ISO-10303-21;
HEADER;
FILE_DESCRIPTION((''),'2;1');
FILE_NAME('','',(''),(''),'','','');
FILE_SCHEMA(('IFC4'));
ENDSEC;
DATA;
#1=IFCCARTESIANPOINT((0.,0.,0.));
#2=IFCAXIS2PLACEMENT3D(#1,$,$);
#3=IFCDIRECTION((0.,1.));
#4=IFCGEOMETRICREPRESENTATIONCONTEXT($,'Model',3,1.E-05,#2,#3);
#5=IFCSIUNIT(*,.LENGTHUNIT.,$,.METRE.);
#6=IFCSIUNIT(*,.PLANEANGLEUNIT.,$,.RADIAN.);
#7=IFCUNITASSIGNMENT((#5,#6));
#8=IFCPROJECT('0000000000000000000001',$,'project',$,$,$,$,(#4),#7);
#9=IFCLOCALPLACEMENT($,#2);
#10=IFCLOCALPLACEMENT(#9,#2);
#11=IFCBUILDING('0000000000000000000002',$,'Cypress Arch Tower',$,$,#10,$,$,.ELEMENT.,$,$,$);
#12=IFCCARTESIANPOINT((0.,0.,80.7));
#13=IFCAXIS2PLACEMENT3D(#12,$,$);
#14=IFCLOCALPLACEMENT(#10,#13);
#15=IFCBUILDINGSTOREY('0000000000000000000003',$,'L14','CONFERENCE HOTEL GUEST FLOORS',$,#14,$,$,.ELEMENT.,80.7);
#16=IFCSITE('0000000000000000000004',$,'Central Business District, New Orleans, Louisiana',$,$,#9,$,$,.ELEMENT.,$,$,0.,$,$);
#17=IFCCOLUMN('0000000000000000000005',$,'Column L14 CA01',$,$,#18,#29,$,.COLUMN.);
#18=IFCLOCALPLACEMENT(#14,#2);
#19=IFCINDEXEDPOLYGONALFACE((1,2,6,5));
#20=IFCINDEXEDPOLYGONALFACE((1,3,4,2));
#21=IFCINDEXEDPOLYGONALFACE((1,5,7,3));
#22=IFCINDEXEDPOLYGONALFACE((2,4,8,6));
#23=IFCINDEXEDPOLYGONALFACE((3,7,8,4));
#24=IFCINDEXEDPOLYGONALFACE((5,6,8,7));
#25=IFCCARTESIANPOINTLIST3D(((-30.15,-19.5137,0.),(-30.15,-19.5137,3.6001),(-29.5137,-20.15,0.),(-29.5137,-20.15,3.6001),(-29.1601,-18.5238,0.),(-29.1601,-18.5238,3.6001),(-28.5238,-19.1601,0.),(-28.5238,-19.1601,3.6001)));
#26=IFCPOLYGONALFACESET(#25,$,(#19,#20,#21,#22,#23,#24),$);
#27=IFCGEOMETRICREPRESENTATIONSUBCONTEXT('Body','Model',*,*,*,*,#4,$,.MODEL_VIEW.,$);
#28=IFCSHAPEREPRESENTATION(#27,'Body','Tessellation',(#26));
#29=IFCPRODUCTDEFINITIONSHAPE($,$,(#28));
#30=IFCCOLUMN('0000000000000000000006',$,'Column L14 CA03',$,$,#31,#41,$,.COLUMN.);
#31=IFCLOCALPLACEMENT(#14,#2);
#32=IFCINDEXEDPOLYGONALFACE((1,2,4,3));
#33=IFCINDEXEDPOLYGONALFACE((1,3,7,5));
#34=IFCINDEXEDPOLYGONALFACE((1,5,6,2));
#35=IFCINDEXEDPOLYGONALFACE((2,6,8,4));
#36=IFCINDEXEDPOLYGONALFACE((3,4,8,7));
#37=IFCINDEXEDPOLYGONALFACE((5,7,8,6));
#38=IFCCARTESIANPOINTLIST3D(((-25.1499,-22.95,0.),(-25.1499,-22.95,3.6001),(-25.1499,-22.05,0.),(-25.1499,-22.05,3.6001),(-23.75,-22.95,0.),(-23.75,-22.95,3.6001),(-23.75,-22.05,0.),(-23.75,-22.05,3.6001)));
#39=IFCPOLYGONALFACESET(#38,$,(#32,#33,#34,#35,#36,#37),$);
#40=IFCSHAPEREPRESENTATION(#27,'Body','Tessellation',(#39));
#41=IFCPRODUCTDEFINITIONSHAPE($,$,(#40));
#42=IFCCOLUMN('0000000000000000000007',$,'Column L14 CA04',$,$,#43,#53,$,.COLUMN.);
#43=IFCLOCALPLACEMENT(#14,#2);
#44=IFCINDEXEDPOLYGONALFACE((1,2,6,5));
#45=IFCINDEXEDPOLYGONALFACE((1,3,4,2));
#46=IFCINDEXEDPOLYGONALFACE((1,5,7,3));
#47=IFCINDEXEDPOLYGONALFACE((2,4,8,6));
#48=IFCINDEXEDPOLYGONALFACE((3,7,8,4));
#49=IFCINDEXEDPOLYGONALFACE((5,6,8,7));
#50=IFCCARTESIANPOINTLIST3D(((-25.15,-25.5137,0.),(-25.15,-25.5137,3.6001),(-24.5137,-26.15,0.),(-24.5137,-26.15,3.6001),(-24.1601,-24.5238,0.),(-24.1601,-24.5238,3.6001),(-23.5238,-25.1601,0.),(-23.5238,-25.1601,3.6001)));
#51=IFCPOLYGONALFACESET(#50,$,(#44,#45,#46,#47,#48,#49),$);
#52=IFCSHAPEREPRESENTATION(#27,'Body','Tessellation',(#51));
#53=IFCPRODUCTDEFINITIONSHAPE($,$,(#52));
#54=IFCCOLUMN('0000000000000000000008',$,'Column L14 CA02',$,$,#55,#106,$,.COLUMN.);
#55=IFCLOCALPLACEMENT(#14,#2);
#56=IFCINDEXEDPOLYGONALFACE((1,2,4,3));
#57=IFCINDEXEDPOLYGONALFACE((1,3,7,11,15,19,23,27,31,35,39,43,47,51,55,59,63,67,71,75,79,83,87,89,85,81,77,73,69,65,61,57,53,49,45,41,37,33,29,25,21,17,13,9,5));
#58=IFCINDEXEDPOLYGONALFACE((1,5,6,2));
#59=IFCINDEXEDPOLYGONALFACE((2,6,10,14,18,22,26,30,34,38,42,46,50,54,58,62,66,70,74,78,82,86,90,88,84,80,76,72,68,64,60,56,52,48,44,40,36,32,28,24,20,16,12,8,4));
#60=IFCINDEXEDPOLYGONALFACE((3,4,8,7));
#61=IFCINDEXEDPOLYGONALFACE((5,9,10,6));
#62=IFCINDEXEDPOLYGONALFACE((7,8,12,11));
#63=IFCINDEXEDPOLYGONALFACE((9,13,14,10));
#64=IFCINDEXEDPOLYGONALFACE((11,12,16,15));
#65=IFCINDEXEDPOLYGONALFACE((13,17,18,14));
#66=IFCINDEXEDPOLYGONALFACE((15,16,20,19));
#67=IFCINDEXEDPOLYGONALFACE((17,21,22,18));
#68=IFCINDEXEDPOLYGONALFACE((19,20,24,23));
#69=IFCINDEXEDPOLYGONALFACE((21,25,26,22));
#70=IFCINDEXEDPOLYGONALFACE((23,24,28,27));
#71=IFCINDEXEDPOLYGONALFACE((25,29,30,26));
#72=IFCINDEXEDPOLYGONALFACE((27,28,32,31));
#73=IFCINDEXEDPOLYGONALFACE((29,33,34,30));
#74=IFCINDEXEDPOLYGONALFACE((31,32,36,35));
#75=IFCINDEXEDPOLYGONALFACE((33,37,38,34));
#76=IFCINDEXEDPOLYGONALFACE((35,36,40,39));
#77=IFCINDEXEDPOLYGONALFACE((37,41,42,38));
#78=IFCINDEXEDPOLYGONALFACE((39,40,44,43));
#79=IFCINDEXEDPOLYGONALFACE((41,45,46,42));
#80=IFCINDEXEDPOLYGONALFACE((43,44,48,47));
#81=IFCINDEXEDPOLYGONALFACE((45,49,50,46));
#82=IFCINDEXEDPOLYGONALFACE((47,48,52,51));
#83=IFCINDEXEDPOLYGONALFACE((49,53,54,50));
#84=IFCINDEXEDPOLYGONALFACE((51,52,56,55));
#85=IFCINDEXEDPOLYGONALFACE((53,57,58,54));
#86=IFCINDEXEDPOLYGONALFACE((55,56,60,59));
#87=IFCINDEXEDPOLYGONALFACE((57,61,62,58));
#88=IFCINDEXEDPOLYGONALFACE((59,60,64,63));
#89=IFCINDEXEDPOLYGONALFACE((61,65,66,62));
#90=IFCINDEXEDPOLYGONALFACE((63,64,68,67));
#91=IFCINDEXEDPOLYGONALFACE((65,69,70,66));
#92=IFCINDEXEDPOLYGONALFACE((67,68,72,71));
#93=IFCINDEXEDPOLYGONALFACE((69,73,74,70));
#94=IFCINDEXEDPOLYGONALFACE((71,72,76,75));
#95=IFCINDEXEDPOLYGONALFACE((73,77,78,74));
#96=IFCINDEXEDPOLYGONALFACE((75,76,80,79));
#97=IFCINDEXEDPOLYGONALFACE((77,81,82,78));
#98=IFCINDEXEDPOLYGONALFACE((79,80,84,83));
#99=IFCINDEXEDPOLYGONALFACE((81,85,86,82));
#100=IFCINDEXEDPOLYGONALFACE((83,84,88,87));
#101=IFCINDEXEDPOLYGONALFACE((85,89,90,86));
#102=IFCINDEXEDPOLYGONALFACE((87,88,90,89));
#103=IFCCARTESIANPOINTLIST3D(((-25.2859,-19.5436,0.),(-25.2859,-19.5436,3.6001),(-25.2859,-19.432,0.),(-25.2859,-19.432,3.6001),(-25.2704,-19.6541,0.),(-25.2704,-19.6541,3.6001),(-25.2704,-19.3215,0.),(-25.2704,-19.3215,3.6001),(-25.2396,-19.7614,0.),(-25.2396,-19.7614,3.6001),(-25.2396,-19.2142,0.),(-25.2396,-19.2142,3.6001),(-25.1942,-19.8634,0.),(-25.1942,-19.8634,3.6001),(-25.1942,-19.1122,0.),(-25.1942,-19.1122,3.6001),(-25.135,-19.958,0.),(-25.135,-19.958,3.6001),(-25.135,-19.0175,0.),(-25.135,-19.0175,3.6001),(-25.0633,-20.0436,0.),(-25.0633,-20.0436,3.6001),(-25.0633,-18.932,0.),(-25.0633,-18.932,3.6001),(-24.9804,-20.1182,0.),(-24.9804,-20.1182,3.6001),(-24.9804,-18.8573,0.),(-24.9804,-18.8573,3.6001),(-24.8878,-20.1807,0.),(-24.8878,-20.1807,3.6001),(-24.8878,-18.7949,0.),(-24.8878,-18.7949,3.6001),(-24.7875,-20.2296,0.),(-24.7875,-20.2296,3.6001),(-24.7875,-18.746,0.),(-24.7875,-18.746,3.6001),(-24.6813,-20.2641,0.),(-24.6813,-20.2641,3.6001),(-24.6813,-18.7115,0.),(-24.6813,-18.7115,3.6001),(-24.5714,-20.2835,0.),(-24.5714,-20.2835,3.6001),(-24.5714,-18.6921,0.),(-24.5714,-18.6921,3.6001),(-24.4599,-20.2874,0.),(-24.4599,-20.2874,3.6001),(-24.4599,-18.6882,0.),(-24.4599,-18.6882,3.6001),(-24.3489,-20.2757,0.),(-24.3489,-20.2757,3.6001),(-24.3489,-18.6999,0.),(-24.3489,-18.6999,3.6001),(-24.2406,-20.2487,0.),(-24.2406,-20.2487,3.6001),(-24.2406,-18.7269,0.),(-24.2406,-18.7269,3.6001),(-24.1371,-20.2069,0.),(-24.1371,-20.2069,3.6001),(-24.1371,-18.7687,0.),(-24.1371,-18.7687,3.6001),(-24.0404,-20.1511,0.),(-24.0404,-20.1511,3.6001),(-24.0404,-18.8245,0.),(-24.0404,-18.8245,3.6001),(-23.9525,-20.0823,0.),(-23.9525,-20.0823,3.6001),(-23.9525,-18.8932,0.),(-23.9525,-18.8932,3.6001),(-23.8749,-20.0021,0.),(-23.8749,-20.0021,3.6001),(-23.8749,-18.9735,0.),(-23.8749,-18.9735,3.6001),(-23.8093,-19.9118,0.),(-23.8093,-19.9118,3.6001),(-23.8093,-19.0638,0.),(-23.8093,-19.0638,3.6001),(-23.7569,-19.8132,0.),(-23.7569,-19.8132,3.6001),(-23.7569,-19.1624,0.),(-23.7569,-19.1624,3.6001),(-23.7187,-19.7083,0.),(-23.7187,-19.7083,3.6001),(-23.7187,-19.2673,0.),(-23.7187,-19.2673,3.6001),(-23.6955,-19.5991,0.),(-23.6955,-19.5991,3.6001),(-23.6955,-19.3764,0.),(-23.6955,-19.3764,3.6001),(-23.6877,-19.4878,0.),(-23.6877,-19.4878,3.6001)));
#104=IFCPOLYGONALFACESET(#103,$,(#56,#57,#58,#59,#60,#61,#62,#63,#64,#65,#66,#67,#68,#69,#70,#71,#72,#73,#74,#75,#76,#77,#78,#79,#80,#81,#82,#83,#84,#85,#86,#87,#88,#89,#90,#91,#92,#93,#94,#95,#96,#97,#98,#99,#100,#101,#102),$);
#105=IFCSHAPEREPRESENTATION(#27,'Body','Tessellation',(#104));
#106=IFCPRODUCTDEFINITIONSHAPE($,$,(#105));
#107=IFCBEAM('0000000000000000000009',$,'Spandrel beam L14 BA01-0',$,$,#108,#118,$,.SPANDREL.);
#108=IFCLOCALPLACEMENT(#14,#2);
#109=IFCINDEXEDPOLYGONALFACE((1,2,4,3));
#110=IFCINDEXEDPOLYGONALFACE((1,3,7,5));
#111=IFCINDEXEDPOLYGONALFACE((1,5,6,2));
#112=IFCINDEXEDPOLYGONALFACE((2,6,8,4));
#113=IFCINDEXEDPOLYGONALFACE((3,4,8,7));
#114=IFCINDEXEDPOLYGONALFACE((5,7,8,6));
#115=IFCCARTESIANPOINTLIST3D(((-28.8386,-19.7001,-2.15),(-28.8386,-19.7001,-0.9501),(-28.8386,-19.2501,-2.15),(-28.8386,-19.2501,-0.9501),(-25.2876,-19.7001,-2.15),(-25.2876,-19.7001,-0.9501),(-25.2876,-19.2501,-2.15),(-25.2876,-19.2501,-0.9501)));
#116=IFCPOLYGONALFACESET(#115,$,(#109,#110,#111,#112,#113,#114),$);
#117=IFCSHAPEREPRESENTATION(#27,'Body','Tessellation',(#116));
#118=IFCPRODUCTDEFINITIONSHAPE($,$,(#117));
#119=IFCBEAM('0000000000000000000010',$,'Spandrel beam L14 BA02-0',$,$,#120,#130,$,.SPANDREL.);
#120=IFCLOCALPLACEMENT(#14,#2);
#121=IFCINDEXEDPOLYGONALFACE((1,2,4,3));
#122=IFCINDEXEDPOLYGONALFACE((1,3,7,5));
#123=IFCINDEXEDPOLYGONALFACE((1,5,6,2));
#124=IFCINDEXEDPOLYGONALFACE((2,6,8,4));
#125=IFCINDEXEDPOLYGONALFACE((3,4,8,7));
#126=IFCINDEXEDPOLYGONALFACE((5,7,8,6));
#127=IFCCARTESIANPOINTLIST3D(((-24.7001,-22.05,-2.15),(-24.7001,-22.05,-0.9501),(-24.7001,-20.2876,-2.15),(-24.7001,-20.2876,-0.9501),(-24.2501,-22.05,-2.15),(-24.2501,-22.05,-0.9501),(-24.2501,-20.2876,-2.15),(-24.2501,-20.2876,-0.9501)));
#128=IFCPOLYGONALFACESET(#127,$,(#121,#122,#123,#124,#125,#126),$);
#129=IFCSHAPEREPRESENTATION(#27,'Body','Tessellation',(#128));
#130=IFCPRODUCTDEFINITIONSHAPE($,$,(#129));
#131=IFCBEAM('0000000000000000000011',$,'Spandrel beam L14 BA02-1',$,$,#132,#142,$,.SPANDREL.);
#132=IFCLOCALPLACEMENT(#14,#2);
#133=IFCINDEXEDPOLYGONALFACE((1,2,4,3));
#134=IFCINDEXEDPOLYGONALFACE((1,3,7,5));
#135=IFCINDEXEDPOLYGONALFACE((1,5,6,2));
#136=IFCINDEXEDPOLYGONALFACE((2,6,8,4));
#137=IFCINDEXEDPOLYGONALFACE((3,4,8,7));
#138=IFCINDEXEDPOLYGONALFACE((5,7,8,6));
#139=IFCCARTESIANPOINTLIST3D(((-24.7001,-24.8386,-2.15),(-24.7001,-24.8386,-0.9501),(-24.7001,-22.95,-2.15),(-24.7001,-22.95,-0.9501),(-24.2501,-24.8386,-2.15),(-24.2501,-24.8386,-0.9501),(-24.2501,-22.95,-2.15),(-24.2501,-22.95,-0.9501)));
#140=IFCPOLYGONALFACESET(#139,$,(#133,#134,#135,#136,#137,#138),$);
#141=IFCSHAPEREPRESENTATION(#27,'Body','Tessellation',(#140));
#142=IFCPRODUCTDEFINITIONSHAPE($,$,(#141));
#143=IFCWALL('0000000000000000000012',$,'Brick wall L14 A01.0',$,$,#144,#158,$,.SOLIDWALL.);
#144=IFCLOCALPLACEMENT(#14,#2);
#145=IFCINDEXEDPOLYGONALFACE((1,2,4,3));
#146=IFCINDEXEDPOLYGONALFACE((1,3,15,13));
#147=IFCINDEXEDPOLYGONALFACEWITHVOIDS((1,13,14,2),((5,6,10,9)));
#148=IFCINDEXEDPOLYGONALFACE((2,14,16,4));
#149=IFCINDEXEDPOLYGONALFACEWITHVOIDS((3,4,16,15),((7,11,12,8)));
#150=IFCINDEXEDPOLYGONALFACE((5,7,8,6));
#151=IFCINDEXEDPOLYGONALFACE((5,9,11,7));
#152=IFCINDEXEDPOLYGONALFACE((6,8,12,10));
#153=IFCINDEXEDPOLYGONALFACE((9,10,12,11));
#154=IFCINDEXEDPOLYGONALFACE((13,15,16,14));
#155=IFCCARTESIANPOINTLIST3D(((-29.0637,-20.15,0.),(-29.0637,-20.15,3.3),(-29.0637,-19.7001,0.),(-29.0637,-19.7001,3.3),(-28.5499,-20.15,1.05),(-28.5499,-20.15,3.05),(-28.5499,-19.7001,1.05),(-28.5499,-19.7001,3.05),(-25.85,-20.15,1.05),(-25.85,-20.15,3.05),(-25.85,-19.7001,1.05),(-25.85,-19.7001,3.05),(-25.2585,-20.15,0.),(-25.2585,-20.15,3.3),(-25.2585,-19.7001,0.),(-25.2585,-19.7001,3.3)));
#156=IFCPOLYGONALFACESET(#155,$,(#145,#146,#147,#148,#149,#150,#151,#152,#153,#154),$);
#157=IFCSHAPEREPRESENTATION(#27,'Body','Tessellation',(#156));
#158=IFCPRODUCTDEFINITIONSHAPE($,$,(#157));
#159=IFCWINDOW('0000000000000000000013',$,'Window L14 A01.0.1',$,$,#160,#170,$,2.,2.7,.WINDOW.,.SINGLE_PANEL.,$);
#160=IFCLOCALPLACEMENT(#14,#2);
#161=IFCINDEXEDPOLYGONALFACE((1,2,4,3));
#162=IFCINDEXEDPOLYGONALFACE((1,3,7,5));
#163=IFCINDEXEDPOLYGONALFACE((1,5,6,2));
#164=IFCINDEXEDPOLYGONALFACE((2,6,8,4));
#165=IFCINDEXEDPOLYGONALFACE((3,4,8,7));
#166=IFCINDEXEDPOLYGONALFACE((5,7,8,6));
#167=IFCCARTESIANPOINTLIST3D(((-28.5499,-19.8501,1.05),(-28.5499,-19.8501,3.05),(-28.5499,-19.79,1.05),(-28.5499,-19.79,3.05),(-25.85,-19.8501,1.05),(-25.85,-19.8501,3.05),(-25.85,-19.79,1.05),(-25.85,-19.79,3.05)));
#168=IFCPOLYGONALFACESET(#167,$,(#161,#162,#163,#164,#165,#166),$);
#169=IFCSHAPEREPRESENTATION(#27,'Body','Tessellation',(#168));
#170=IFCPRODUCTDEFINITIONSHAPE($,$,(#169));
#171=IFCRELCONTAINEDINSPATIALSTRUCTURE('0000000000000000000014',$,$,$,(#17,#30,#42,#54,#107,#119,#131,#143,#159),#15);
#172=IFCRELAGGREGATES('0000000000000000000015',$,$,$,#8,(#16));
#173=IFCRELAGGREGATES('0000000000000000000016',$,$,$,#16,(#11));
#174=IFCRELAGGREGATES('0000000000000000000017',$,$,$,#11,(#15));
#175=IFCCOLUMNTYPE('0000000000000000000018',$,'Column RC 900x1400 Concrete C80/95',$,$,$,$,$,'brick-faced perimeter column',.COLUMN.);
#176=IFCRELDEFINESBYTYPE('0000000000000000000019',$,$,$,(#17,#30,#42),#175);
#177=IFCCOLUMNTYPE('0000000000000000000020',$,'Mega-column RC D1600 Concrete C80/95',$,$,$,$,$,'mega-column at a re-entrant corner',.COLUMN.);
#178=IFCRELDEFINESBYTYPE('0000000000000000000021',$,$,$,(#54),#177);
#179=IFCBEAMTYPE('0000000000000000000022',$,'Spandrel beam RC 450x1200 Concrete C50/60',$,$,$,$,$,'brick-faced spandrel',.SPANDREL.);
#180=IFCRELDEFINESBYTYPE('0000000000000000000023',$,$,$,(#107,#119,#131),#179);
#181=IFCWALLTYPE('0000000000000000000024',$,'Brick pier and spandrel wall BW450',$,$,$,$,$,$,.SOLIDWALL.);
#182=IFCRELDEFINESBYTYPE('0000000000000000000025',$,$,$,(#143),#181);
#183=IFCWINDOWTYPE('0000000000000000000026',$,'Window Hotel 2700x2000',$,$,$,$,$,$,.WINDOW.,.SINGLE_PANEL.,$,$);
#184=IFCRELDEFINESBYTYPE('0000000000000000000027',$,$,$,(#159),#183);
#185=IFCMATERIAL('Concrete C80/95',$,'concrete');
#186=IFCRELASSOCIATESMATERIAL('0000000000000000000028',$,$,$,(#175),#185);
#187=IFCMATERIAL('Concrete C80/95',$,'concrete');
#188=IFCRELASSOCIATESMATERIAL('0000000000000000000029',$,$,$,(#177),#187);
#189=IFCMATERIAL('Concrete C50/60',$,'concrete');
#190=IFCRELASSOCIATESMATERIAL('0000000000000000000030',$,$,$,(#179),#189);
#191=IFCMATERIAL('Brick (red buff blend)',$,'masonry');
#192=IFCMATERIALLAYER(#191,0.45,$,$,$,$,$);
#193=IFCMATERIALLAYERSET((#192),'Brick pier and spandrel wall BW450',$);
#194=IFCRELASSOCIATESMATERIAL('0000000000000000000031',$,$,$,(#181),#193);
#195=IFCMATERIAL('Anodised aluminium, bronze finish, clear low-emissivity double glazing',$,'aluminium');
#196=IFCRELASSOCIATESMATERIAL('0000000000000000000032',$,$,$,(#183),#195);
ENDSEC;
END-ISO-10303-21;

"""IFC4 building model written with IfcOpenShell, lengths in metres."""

from ifc_helpers import new_model, si_unit, direction, frame, frame_2d, origin, origin_2d, place, context, subcontext, project, spatial, rectangle, circle, extrude, material, layer, layer_set, material_profile, profile_set, type_object, element, fill, save


model = new_model("IFC4")

# Units and contexts
model_context = context("Model", 3, precision=1e-05, world=origin(), true_north=direction((0.0, 1.0)))
body_context = subcontext(model_context, "Body", "Model", "MODEL_VIEW")
ifc_project = project(units=[si_unit("LENGTHUNIT", "METRE"), si_unit("PLANEANGLEUNIT", "RADIAN")], contexts=[model_context])

# Site, building, storey
site_placement = place(None, origin())
site = spatial("IfcSite", under=ifc_project, at=site_placement, Name="Central Business District, New Orleans, Louisiana", CompositionType="ELEMENT", RefElevation=0.0)
building_placement = place(site_placement, origin())
building = spatial("IfcBuilding", under=site, at=building_placement, Name="Cypress Arch Tower", CompositionType="ELEMENT")
storey_placement = place(building_placement, frame((0.0, 0.0, 80.7)))
storey = spatial("IfcBuildingStorey", under=building, at=storey_placement, Name="L14", Description="CONFERENCE HOTEL GUEST FLOORS", CompositionType="ELEMENT", Elevation=80.7)

# Columns
ifc_material_1 = material(Name="Concrete C80/95", Category="concrete")
ifc_material_profile_1 = material_profile(ifc_material_1, rectangle(XDim=0.8999, YDim=1.3999, at=origin_2d()), Name="RC 900x1400")
ifc_profile_set_1 = profile_set([ifc_material_profile_1], Name="Concrete C80/95")
column_type_1 = type_object("IfcColumnType", Name="Column RC 900x1400 Concrete C80/95", ElementType="brick-faced perimeter column", PredefinedType="COLUMN", material=ifc_profile_set_1)
for number, where, z_axis, x_axis, name in (
    (1, (-29.3369, -19.3369, 0.0), (0.0, 0.0, 1.0), (0.707107, -0.707107, 0.0), "Column L14 CA01"),
    (2, (-24.45, -22.5, 0.0), (0.0, 0.0, 1.0), (0.0, -1.0, 0.0), "Column L14 CA03"),
    (3, (-24.3369, -25.3369, 0.0), (0.0, 0.0, 1.0), (0.707107, -0.707107, 0.0), "Column L14 CA04"),
):
    element("IfcColumn", number, at=place(storey_placement, frame(where, z_axis=z_axis, x_axis=x_axis)), inside=storey, type_object=column_type_1, Name=name, PredefinedType="COLUMN", context=body_context, shape_type="SweptSolid", body=[
        extrude(rectangle(XDim=0.8999, YDim=1.3999, at=origin_2d()), origin(), (0.0, 0.0, 1.0), 3.6001),
    ])
ifc_material_2 = material(Name="Concrete C80/95", Category="concrete")
ifc_material_profile_2 = material_profile(ifc_material_2, circle(Radius=0.8, at=origin_2d()), Name="RC D1600")
ifc_profile_set_2 = profile_set([ifc_material_profile_2], Name="Concrete C80/95")
column_type_2 = type_object("IfcColumnType", Name="Mega-column RC D1600 Concrete C80/95", ElementType="mega-column at a re-entrant corner", PredefinedType="COLUMN", material=ifc_profile_set_2)
column_placement = place(storey_placement, frame((-24.4878, -19.4878, 0.0), z_axis=(0.0, 0.0, 1.0), x_axis=(1.0, 0.0, 0.0)))
element("IfcColumn", 4, at=column_placement, inside=storey, type_object=column_type_2, Name="Column L14 CA02", PredefinedType="COLUMN", context=body_context, shape_type="SweptSolid", body=[
    extrude(circle(Radius=0.8, at=origin_2d()), origin(), (0.0, 0.0, 1.0), 3.6001),
])

# Beams
ifc_material_3 = material(Name="Concrete C50/60", Category="concrete")
ifc_material_profile_3 = material_profile(ifc_material_3, rectangle(XDim=0.45, YDim=1.2, at=origin_2d()), Name="RC 450x1200")
ifc_profile_set_3 = profile_set([ifc_material_profile_3], Name="Concrete C50/60")
beam_type = type_object("IfcBeamType", Name="Spandrel beam RC 450x1200 Concrete C50/60", ElementType="brick-faced spandrel", PredefinedType="SPANDREL", material=ifc_profile_set_3)
beam_1_placement = place(storey_placement, frame((-28.8386, -19.4751, -1.55), z_axis=(1.0, 0.0, 0.0), x_axis=(0.0, 1.0, 0.0)))
element("IfcBeam", 5, at=beam_1_placement, inside=storey, type_object=beam_type, Name="Spandrel beam L14 BA01-0", PredefinedType="SPANDREL", context=body_context, shape_type="SweptSolid", body=[
    extrude(rectangle(XDim=0.45, YDim=1.2, at=origin_2d()), origin(), (0.0, 0.0, 1.0), 3.551),
])
beam_2_placement = place(storey_placement, frame((-24.4751, -20.2876, -1.55), z_axis=(0.0, -1.0, 0.0), x_axis=(1.0, 0.0, 0.0)))
element("IfcBeam", 6, at=beam_2_placement, inside=storey, type_object=beam_type, Name="Spandrel beam L14 BA02-0", PredefinedType="SPANDREL", context=body_context, shape_type="SweptSolid", body=[
    extrude(rectangle(XDim=0.45, YDim=1.2, at=origin_2d()), origin(), (0.0, 0.0, 1.0), 1.7625),
])
beam_3_placement = place(storey_placement, frame((-24.4751, -22.95, -1.55), z_axis=(0.0, -1.0, 0.0), x_axis=(1.0, 0.0, 0.0)))
element("IfcBeam", 7, at=beam_3_placement, inside=storey, type_object=beam_type, Name="Spandrel beam L14 BA02-1", PredefinedType="SPANDREL", context=body_context, shape_type="SweptSolid", body=[
    extrude(rectangle(XDim=0.45, YDim=1.2, at=origin_2d()), origin(), (0.0, 0.0, 1.0), 1.8887),
])

# Wall, opening, window
ifc_material_4 = material(Name="Brick (red buff blend)", Category="masonry")
ifc_layer_1 = layer(ifc_material_4, 0.45)
ifc_layer_set_1 = layer_set([ifc_layer_1], Name="Brick pier and spandrel wall BW450")
wall_type_1 = type_object("IfcWallType", Name="Brick pier and spandrel wall BW450", PredefinedType="SOLIDWALL", material=ifc_layer_set_1)
wall_1_placement = place(storey_placement, frame((-29.0637, -19.925, 0.0), z_axis=(0.0, 0.0, 1.0), x_axis=(1.0, 0.0, 0.0)))
wall_1 = element("IfcWall", 8, at=wall_1_placement, inside=storey, type_object=wall_type_1, Name="Brick wall L14 A01.0", PredefinedType="SOLIDWALL", context=body_context, shape_type="SweptSolid", body=[
    extrude(rectangle(XDim=3.8052, YDim=0.45, at=frame_2d((1.9026, 0.0))), origin(), (0.0, 0.0, 1.0), 3.3),
])
opening_1_placement = place(wall_1_placement, frame((0.5137, 0.0, 1.05)))
opening_1 = element("IfcOpeningElement", 9, at=opening_1_placement, cuts=wall_1, PredefinedType="OPENING", context=body_context, shape_type="SweptSolid", body=[
    extrude(rectangle(XDim=2.7, YDim=2.0, at=frame_2d((1.3501, 1.0))), frame((0.0, 0.2349, 0.0), z_axis=(0.0, -1.0, 0.0), x_axis=(1.0, 0.0, 0.0)), (0.0, 0.0, 1.0), 0.47),
])
ifc_material_5 = material(Name="Anodised aluminium, bronze finish, clear low-emissivity double glazing", Category="aluminium")
window_type_1 = type_object("IfcWindowType", Name="Window Hotel 2700x2000", PartitioningType="SINGLE_PANEL", PredefinedType="WINDOW", material=ifc_material_5)
window_1_placement = place(opening_1_placement, origin())
window_1 = element("IfcWindow", 10, at=window_1_placement, inside=storey, type_object=window_type_1, Name="Window L14 A01.0.1", OverallHeight=2.0, OverallWidth=2.7, PartitioningType="SINGLE_PANEL", PredefinedType="WINDOW", context=body_context, shape_type="SweptSolid", body=[
    extrude(rectangle(XDim=2.7, YDim=2.0, at=frame_2d((1.3501, 1.0))), frame((0.0, 0.135, 0.0), z_axis=(0.0, -1.0, 0.0), x_axis=(1.0, 0.0, 0.0)), (0.0, 0.0, 1.0), 0.0601),
])
fill(opening_1, window_1)

save(model, "model.ifc")
